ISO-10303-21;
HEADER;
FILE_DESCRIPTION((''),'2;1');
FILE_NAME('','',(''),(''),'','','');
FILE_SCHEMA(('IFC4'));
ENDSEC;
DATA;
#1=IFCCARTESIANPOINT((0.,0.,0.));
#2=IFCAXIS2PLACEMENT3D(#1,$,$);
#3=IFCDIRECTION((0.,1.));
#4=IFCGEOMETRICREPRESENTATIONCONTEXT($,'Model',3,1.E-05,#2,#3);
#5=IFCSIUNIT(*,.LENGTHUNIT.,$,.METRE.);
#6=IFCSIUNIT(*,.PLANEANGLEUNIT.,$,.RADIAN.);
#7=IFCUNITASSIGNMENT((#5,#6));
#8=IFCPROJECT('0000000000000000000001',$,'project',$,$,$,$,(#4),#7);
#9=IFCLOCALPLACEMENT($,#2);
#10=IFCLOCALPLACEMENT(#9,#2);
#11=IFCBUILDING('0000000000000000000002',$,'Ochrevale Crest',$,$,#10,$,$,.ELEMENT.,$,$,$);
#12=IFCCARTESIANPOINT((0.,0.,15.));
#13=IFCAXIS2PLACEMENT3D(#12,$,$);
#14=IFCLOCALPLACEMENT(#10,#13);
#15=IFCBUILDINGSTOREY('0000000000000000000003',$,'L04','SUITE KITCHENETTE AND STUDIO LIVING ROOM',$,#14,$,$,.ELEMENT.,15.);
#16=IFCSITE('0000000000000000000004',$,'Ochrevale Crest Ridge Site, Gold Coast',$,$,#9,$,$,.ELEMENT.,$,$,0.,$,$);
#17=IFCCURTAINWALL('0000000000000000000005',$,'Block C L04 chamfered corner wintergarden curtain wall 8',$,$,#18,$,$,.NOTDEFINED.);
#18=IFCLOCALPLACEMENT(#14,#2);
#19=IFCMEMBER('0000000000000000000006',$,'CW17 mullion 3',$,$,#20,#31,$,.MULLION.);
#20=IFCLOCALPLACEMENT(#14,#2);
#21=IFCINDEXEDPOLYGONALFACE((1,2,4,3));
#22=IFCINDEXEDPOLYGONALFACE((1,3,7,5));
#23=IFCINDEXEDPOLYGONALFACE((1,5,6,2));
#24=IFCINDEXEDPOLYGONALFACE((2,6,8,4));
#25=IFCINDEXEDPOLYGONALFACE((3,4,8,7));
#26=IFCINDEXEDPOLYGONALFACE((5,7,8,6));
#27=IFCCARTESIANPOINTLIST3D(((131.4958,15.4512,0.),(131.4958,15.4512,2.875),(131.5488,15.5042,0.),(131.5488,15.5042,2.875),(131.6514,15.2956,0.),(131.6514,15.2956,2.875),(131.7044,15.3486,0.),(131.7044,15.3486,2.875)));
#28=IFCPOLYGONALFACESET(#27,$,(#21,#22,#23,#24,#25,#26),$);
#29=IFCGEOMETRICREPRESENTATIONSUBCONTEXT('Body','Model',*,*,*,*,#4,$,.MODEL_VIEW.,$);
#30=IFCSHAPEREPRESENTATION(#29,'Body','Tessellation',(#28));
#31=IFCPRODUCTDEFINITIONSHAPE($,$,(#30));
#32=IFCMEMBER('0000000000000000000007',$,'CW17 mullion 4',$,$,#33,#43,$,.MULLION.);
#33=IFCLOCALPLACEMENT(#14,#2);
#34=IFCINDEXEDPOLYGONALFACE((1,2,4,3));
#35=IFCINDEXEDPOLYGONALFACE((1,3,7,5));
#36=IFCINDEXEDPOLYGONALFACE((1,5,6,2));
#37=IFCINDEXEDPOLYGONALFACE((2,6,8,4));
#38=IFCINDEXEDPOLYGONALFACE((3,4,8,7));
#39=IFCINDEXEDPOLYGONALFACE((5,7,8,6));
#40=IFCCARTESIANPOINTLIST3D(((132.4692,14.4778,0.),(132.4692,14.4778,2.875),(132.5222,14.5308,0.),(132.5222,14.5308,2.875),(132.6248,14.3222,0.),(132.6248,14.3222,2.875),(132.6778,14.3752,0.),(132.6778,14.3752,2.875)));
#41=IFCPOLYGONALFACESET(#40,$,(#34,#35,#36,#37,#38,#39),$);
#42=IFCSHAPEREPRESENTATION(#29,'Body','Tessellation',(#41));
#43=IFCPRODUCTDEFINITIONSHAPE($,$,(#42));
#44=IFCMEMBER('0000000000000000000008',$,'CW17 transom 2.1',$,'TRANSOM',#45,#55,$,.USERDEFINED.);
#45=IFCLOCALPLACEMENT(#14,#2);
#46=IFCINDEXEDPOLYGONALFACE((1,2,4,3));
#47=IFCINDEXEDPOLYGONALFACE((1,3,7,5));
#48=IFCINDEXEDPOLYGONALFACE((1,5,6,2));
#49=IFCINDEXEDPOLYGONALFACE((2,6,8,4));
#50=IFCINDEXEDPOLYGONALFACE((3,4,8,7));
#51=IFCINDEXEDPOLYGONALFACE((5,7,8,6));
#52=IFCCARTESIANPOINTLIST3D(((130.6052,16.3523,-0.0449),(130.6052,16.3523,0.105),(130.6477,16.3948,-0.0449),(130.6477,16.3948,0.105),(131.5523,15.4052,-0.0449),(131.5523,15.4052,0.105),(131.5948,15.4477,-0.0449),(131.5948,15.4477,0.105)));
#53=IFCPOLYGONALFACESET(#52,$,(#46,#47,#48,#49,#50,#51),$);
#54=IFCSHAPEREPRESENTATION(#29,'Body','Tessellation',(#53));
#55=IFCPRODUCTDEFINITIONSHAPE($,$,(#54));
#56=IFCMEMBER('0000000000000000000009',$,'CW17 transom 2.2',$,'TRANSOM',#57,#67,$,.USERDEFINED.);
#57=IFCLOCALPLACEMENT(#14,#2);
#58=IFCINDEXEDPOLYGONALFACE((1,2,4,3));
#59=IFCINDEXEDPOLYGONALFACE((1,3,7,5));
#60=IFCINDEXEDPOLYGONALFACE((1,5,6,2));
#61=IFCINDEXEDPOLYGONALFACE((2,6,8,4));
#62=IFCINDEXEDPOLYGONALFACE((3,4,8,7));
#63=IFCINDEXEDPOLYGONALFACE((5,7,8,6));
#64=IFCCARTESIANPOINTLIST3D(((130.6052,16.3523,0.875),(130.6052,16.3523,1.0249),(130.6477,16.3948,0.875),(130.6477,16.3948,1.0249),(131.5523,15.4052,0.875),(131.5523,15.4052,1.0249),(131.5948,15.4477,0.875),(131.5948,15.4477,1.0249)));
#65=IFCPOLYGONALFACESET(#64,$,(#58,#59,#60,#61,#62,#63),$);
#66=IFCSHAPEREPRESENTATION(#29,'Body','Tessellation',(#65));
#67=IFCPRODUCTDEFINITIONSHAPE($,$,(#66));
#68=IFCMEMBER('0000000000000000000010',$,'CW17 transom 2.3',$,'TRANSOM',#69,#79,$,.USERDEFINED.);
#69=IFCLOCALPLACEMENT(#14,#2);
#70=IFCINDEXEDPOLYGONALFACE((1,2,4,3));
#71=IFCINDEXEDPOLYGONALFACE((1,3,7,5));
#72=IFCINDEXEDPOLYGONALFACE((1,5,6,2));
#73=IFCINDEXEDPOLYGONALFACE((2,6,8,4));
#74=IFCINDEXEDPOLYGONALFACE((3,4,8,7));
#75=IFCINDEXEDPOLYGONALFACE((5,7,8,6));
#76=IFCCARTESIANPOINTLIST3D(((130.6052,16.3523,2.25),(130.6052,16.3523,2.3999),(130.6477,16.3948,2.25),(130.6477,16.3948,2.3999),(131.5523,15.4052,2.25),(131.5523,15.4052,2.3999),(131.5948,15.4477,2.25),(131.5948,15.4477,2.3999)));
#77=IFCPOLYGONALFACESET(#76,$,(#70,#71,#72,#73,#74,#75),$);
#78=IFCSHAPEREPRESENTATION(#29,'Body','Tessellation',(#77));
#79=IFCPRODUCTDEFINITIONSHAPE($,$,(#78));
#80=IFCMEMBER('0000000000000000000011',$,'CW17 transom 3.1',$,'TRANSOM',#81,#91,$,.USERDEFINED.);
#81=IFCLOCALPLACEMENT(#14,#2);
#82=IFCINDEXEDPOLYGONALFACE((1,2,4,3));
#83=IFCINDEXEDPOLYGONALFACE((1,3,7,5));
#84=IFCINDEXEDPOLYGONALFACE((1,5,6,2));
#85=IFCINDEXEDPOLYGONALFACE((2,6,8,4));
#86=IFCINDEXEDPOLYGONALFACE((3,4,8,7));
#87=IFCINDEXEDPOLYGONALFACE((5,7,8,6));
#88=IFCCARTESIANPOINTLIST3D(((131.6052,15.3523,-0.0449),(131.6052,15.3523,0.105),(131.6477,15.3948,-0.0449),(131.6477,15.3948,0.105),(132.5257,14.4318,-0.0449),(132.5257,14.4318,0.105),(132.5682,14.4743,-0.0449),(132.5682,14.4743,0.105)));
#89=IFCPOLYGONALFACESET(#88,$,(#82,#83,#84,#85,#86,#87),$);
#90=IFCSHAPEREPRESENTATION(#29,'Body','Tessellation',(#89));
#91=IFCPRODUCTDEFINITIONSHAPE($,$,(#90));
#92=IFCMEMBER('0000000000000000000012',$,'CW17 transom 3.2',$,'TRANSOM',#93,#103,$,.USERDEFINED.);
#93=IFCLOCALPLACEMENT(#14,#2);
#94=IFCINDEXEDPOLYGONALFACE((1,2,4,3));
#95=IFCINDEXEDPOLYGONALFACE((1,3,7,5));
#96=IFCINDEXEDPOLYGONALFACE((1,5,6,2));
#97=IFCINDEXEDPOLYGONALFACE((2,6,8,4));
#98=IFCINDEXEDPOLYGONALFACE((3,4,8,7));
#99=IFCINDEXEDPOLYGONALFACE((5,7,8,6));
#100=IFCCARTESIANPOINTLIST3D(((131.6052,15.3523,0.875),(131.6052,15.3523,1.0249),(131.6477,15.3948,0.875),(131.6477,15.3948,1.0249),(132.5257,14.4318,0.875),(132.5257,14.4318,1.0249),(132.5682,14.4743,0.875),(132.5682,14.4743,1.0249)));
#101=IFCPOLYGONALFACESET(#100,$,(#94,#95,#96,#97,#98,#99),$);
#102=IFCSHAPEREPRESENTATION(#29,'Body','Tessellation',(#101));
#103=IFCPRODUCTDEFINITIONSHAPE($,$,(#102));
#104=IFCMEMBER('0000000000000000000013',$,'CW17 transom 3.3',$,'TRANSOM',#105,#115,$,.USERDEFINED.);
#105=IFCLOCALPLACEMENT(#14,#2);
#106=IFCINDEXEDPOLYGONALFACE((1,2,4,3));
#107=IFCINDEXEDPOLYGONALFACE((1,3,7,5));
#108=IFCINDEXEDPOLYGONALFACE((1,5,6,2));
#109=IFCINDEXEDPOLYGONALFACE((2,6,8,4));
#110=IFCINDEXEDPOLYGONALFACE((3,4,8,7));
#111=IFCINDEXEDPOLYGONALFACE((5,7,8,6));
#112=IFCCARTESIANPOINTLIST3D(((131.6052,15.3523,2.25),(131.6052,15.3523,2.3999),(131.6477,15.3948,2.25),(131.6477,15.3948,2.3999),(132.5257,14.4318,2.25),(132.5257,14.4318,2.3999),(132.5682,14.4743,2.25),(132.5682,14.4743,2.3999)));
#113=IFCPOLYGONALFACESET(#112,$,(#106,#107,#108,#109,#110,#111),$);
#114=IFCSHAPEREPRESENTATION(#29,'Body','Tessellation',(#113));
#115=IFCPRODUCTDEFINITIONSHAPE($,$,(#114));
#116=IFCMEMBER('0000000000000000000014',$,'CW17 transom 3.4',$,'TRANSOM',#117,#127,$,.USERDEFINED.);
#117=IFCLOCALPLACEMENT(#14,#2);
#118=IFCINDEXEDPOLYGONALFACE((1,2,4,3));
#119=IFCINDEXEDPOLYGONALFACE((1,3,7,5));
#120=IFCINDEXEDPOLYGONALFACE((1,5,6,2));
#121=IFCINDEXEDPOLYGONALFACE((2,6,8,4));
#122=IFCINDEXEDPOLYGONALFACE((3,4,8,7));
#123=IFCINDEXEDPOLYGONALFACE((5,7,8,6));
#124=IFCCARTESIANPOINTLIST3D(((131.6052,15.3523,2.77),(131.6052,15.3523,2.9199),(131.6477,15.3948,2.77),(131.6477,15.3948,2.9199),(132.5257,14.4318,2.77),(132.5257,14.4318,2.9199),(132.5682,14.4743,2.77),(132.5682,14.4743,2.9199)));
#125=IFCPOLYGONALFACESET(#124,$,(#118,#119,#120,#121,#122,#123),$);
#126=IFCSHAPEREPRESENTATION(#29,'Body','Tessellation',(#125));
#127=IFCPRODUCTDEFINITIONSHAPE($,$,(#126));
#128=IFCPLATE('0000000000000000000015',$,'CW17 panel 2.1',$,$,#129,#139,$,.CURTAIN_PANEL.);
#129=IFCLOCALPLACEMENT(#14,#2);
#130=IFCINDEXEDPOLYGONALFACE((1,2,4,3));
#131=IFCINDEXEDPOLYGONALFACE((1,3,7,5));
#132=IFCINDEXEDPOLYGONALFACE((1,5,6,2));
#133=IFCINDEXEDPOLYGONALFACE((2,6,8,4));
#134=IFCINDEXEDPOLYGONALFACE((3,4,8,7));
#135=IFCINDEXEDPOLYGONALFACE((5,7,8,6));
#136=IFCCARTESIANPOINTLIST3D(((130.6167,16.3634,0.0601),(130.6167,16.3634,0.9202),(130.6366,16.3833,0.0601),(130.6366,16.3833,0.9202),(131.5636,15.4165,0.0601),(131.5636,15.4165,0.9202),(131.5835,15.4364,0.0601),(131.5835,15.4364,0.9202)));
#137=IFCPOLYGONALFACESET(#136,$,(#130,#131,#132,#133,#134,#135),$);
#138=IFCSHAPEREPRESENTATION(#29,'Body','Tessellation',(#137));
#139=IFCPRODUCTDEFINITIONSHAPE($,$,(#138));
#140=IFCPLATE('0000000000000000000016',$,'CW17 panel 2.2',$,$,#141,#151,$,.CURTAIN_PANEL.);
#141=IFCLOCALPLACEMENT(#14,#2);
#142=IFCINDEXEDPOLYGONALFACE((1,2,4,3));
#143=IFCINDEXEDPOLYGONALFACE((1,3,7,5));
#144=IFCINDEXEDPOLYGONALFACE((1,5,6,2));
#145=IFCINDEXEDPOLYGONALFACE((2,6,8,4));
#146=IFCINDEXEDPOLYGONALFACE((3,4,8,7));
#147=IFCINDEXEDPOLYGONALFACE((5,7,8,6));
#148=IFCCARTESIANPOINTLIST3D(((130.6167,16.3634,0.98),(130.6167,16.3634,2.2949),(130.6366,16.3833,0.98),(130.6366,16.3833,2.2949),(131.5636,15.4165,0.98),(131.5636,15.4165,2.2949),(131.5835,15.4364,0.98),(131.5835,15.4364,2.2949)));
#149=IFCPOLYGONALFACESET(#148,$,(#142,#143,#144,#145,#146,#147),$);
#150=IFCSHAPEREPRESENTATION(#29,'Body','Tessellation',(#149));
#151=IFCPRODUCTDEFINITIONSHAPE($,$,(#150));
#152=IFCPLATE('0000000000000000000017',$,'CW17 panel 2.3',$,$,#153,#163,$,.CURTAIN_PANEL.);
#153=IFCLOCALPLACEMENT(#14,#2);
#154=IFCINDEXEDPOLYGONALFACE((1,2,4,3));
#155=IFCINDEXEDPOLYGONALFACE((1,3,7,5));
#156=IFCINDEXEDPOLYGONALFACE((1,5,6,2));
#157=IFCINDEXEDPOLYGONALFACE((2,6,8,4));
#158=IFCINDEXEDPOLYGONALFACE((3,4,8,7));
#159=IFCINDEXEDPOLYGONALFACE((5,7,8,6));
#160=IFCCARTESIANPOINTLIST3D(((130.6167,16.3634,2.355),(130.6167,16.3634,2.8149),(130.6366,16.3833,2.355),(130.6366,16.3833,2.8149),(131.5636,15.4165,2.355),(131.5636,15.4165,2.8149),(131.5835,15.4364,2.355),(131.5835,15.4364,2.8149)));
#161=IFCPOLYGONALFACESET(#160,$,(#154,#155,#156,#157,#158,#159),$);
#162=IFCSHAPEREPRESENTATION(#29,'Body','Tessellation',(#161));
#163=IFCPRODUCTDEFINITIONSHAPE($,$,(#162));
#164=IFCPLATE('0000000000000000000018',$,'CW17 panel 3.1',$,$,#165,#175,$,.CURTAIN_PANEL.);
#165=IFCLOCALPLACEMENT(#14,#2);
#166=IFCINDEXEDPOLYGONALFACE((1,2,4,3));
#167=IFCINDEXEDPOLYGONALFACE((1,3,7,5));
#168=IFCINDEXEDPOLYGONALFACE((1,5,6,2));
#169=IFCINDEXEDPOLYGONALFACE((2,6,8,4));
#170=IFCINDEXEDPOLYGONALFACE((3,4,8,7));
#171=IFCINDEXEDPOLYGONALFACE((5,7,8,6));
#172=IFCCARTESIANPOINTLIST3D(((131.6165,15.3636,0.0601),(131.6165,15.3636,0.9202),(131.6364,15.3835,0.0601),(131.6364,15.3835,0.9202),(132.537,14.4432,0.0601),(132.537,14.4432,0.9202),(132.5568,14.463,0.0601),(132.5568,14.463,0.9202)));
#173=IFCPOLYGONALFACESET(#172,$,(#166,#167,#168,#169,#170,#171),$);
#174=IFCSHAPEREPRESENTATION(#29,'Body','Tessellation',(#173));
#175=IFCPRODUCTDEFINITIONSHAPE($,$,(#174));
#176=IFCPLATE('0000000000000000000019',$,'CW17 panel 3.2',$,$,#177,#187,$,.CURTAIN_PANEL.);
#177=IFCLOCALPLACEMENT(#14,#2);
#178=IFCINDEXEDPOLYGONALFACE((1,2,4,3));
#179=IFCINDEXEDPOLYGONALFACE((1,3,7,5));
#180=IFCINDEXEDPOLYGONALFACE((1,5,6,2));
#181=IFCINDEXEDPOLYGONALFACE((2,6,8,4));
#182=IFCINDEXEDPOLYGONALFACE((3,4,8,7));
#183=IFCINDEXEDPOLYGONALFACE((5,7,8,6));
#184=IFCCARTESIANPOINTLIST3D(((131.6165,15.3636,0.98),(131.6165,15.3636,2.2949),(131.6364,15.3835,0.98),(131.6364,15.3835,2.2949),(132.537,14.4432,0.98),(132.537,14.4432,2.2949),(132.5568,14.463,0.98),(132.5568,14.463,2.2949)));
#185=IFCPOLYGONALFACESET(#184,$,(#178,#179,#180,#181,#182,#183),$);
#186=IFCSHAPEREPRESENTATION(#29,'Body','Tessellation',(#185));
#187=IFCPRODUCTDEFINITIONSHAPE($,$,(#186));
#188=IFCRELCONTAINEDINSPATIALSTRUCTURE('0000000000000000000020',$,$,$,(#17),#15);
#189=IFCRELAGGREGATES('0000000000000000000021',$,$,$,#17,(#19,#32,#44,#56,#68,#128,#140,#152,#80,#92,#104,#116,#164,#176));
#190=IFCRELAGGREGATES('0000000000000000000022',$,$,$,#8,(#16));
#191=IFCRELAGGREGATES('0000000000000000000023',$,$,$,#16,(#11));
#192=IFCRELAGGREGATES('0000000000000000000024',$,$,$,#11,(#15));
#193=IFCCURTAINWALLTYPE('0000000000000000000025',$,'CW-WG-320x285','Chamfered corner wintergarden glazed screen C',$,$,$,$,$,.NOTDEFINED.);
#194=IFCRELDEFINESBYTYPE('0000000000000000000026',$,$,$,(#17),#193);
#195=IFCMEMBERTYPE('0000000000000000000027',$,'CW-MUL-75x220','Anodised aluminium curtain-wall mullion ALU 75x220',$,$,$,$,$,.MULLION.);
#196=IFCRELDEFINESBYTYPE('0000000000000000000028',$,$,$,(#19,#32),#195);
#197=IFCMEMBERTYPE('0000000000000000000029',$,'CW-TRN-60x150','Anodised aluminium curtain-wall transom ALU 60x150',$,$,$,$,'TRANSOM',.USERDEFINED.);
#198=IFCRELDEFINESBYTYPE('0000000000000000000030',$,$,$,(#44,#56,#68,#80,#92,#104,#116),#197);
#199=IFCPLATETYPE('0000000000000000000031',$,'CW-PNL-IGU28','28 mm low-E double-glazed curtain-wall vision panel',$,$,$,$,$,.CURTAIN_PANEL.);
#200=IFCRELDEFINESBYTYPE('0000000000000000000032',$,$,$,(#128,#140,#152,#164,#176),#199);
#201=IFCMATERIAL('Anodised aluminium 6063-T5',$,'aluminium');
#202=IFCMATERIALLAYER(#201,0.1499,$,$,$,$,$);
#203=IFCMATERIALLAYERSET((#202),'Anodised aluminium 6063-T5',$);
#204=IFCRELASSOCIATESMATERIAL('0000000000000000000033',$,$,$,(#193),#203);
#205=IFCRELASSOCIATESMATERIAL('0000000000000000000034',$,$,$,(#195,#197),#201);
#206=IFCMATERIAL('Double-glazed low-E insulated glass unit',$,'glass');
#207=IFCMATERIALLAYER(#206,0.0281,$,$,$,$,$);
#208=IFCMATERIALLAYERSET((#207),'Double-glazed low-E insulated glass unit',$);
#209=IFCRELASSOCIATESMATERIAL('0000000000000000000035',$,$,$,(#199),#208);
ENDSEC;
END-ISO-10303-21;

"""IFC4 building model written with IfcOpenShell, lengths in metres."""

from ifc_helpers import new_model, si_unit, direction, frame, origin, origin_2d, place, context, subcontext, project, spatial, rectangle, extrude, material, layer, layer_set, material_profile, profile_set, type_object, element, aggregate, save


model = new_model("IFC4")

# Units and contexts
model_context = context("Model", 3, precision=1e-05, world=origin(), true_north=direction((0.0, 1.0)))
body_context = subcontext(model_context, "Body", "Model", "MODEL_VIEW")
ifc_project = project(units=[si_unit("LENGTHUNIT", "METRE"), si_unit("PLANEANGLEUNIT", "RADIAN")], contexts=[model_context])

# Site, building, storey
site_placement = place(None, origin())
site = spatial("IfcSite", under=ifc_project, at=site_placement, Name="Ochrevale Crest Ridge Site, Gold Coast", CompositionType="ELEMENT", RefElevation=0.0)
building_placement = place(site_placement, origin())
building = spatial("IfcBuilding", under=site, at=building_placement, Name="Ochrevale Crest", CompositionType="ELEMENT")
storey_placement = place(building_placement, frame((0.0, 0.0, 15.0)))
storey = spatial("IfcBuildingStorey", under=building, at=storey_placement, Name="L04", Description="SUITE KITCHENETTE AND STUDIO LIVING ROOM", CompositionType="ELEMENT", Elevation=15.0)

# Curtain wall, members, plates
ifc_material_1 = material(Name="Anodised aluminium 6063-T5", Category="aluminium")
ifc_layer_1 = layer(ifc_material_1, 0.1499)
ifc_layer_set_1 = layer_set([ifc_layer_1], Name="Anodised aluminium 6063-T5")
curtain_wall_type = type_object("IfcCurtainWallType", Name="CW-WG-320x285", Description="Chamfered corner wintergarden glazed screen C", PredefinedType="NOTDEFINED", material=ifc_layer_set_1)
curtain_wall_placement = place(storey_placement, origin())
curtain_wall = element("IfcCurtainWall", 1, at=curtain_wall_placement, inside=storey, type_object=curtain_wall_type, Name="Block C L04 chamfered corner wintergarden curtain wall 8", PredefinedType="NOTDEFINED")
ifc_material_profile_1 = material_profile(ifc_material_1, rectangle(XDim=0.075, YDim=0.22, at=origin_2d()), Name="ALU 75x220")
ifc_profile_set_1 = profile_set([ifc_material_profile_1], Name="Anodised aluminium 6063-T5")
member_type_1 = type_object("IfcMemberType", Name="CW-MUL-75x220", Description="Anodised aluminium curtain-wall mullion ALU 75x220", PredefinedType="MULLION", material=ifc_profile_set_1)
member_1_placement = place(storey_placement, frame((131.6001, 15.3999, 0.0), z_axis=(0.0, 0.0, 1.0), x_axis=(0.707107, 0.707107, 0.0)))
member_1 = element("IfcMember", 2, at=member_1_placement, type_object=member_type_1, Name="CW17 mullion 3", PredefinedType="MULLION", context=body_context, shape_type="SweptSolid", body=[
    extrude(rectangle(XDim=0.075, YDim=0.22, at=origin_2d()), origin(), (0.0, 0.0, 1.0), 2.875),
])
member_2_placement = place(storey_placement, frame((132.5735, 14.4265, 0.0), z_axis=(0.0, 0.0, 1.0), x_axis=(0.707107, 0.707107, 0.0)))
member_2 = element("IfcMember", 3, at=member_2_placement, type_object=member_type_1, Name="CW17 mullion 4", PredefinedType="MULLION", context=body_context, shape_type="SweptSolid", body=[
    extrude(rectangle(XDim=0.075, YDim=0.22, at=origin_2d()), origin(), (0.0, 0.0, 1.0), 2.875),
])
ifc_material_profile_2 = material_profile(ifc_material_1, rectangle(XDim=0.0601, YDim=0.1499, at=origin_2d()), Name="ALU 60x150")
ifc_profile_set_2 = profile_set([ifc_material_profile_2], Name="Anodised aluminium 6063-T5")
member_type_2 = type_object("IfcMemberType", Name="CW-TRN-60x150", Description="Anodised aluminium curtain-wall transom ALU 60x150", ElementType="TRANSOM", PredefinedType="USERDEFINED", material=ifc_profile_set_2)
member_3_placement = place(storey_placement, frame((130.6265, 16.3735, 0.03), z_axis=(0.707107, -0.707107, 0.0), x_axis=(0.707107, 0.707107, 0.0)))
member_3 = element("IfcMember", 4, at=member_3_placement, type_object=member_type_2, Name="CW17 transom 2.1", ObjectType="TRANSOM", PredefinedType="USERDEFINED", context=body_context, shape_type="SweptSolid", body=[
    extrude(rectangle(XDim=0.0601, YDim=0.1499, at=origin_2d()), origin(), (0.0, 0.0, 1.0), 1.3394),
])
member_4_placement = place(storey_placement, frame((130.6265, 16.3735, 0.95), z_axis=(0.707107, -0.707107, 0.0), x_axis=(0.707107, 0.707107, 0.0)))
member_4 = element("IfcMember", 5, at=member_4_placement, type_object=member_type_2, Name="CW17 transom 2.2", ObjectType="TRANSOM", PredefinedType="USERDEFINED", context=body_context, shape_type="SweptSolid", body=[
    extrude(rectangle(XDim=0.0601, YDim=0.1499, at=origin_2d()), origin(), (0.0, 0.0, 1.0), 1.3394),
])
member_5_placement = place(storey_placement, frame((130.6265, 16.3735, 2.325), z_axis=(0.707107, -0.707107, 0.0), x_axis=(0.707107, 0.707107, 0.0)))
member_5 = element("IfcMember", 6, at=member_5_placement, type_object=member_type_2, Name="CW17 transom 2.3", ObjectType="TRANSOM", PredefinedType="USERDEFINED", context=body_context, shape_type="SweptSolid", body=[
    extrude(rectangle(XDim=0.0601, YDim=0.1499, at=origin_2d()), origin(), (0.0, 0.0, 1.0), 1.3394),
])
member_6_placement = place(storey_placement, frame((131.6265, 15.3735, 0.03), z_axis=(0.707107, -0.707107, 0.0), x_axis=(0.707107, 0.707107, 0.0)))
member_6 = element("IfcMember", 7, at=member_6_placement, type_object=member_type_2, Name="CW17 transom 3.1", ObjectType="TRANSOM", PredefinedType="USERDEFINED", context=body_context, shape_type="SweptSolid", body=[
    extrude(rectangle(XDim=0.0601, YDim=0.1499, at=origin_2d()), origin(), (0.0, 0.0, 1.0), 1.3018),
])
member_7_placement = place(storey_placement, frame((131.6265, 15.3735, 0.95), z_axis=(0.707107, -0.707107, 0.0), x_axis=(0.707107, 0.707107, 0.0)))
member_7 = element("IfcMember", 8, at=member_7_placement, type_object=member_type_2, Name="CW17 transom 3.2", ObjectType="TRANSOM", PredefinedType="USERDEFINED", context=body_context, shape_type="SweptSolid", body=[
    extrude(rectangle(XDim=0.0601, YDim=0.1499, at=origin_2d()), origin(), (0.0, 0.0, 1.0), 1.3018),
])
member_8_placement = place(storey_placement, frame((131.6265, 15.3735, 2.325), z_axis=(0.707107, -0.707107, 0.0), x_axis=(0.707107, 0.707107, 0.0)))
member_8 = element("IfcMember", 9, at=member_8_placement, type_object=member_type_2, Name="CW17 transom 3.3", ObjectType="TRANSOM", PredefinedType="USERDEFINED", context=body_context, shape_type="SweptSolid", body=[
    extrude(rectangle(XDim=0.0601, YDim=0.1499, at=origin_2d()), origin(), (0.0, 0.0, 1.0), 1.3018),
])
member_9_placement = place(storey_placement, frame((131.6265, 15.3735, 2.845), z_axis=(0.707107, -0.707107, 0.0), x_axis=(0.707107, 0.707107, 0.0)))
member_9 = element("IfcMember", 10, at=member_9_placement, type_object=member_type_2, Name="CW17 transom 3.4", ObjectType="TRANSOM", PredefinedType="USERDEFINED", context=body_context, shape_type="SweptSolid", body=[
    extrude(rectangle(XDim=0.0601, YDim=0.1499, at=origin_2d()), origin(), (0.0, 0.0, 1.0), 1.3018),
])
ifc_material_2 = material(Name="Double-glazed low-E insulated glass unit", Category="glass")
ifc_layer_2 = layer(ifc_material_2, 0.0281)
ifc_layer_set_2 = layer_set([ifc_layer_2], Name="Double-glazed low-E insulated glass unit")
plate_type = type_object("IfcPlateType", Name="CW-PNL-IGU28", Description="28 mm low-E double-glazed curtain-wall vision panel", PredefinedType="CURTAIN_PANEL", material=ifc_layer_set_2)
plate_1_placement = place(storey_placement, frame((131.1001, 15.8999, 0.0601), z_axis=(0.0, 0.0, 1.0), x_axis=(0.707107, -0.707107, 0.0)))
plate_1 = element("IfcPlate", 11, at=plate_1_placement, type_object=plate_type, Name="CW17 panel 2.1", PredefinedType="CURTAIN_PANEL", context=body_context, shape_type="SweptSolid", body=[
    extrude(rectangle(XDim=1.3391, YDim=0.0281, at=origin_2d()), origin(), (0.0, 0.0, 1.0), 0.8601),
])
plate_2_placement = place(storey_placement, frame((131.1001, 15.8999, 0.98), z_axis=(0.0, 0.0, 1.0), x_axis=(0.707107, -0.707107, 0.0)))
plate_2 = element("IfcPlate", 12, at=plate_2_placement, type_object=plate_type, Name="CW17 panel 2.2", PredefinedType="CURTAIN_PANEL", context=body_context, shape_type="SweptSolid", body=[
    extrude(rectangle(XDim=1.3391, YDim=0.0281, at=origin_2d()), origin(), (0.0, 0.0, 1.0), 1.3149),
])
plate_3_placement = place(storey_placement, frame((131.1001, 15.8999, 2.355), z_axis=(0.0, 0.0, 1.0), x_axis=(0.707107, -0.707107, 0.0)))
plate_3 = element("IfcPlate", 13, at=plate_3_placement, type_object=plate_type, Name="CW17 panel 2.3", PredefinedType="CURTAIN_PANEL", context=body_context, shape_type="SweptSolid", body=[
    extrude(rectangle(XDim=1.3391, YDim=0.0281, at=origin_2d()), origin(), (0.0, 0.0, 1.0), 0.46),
])
plate_4_placement = place(storey_placement, frame((132.0867, 14.9133, 0.0601), z_axis=(0.0, 0.0, 1.0), x_axis=(0.707107, -0.707107, 0.0)))
plate_4 = element("IfcPlate", 14, at=plate_4_placement, type_object=plate_type, Name="CW17 panel 3.1", PredefinedType="CURTAIN_PANEL", context=body_context, shape_type="SweptSolid", body=[
    extrude(rectangle(XDim=1.3018, YDim=0.0281, at=origin_2d()), origin(), (0.0, 0.0, 1.0), 0.8601),
])
plate_5_placement = place(storey_placement, frame((132.0867, 14.9133, 0.98), z_axis=(0.0, 0.0, 1.0), x_axis=(0.707107, -0.707107, 0.0)))
plate_5 = element("IfcPlate", 15, at=plate_5_placement, type_object=plate_type, Name="CW17 panel 3.2", PredefinedType="CURTAIN_PANEL", context=body_context, shape_type="SweptSolid", body=[
    extrude(rectangle(XDim=1.3018, YDim=0.0281, at=origin_2d()), origin(), (0.0, 0.0, 1.0), 1.3149),
])
aggregate(curtain_wall, [member_1, member_2, member_3, member_4, member_5, plate_1, plate_2, plate_3, member_6, member_7, member_8, member_9, plate_4, plate_5])

save(model, "model.ifc")
